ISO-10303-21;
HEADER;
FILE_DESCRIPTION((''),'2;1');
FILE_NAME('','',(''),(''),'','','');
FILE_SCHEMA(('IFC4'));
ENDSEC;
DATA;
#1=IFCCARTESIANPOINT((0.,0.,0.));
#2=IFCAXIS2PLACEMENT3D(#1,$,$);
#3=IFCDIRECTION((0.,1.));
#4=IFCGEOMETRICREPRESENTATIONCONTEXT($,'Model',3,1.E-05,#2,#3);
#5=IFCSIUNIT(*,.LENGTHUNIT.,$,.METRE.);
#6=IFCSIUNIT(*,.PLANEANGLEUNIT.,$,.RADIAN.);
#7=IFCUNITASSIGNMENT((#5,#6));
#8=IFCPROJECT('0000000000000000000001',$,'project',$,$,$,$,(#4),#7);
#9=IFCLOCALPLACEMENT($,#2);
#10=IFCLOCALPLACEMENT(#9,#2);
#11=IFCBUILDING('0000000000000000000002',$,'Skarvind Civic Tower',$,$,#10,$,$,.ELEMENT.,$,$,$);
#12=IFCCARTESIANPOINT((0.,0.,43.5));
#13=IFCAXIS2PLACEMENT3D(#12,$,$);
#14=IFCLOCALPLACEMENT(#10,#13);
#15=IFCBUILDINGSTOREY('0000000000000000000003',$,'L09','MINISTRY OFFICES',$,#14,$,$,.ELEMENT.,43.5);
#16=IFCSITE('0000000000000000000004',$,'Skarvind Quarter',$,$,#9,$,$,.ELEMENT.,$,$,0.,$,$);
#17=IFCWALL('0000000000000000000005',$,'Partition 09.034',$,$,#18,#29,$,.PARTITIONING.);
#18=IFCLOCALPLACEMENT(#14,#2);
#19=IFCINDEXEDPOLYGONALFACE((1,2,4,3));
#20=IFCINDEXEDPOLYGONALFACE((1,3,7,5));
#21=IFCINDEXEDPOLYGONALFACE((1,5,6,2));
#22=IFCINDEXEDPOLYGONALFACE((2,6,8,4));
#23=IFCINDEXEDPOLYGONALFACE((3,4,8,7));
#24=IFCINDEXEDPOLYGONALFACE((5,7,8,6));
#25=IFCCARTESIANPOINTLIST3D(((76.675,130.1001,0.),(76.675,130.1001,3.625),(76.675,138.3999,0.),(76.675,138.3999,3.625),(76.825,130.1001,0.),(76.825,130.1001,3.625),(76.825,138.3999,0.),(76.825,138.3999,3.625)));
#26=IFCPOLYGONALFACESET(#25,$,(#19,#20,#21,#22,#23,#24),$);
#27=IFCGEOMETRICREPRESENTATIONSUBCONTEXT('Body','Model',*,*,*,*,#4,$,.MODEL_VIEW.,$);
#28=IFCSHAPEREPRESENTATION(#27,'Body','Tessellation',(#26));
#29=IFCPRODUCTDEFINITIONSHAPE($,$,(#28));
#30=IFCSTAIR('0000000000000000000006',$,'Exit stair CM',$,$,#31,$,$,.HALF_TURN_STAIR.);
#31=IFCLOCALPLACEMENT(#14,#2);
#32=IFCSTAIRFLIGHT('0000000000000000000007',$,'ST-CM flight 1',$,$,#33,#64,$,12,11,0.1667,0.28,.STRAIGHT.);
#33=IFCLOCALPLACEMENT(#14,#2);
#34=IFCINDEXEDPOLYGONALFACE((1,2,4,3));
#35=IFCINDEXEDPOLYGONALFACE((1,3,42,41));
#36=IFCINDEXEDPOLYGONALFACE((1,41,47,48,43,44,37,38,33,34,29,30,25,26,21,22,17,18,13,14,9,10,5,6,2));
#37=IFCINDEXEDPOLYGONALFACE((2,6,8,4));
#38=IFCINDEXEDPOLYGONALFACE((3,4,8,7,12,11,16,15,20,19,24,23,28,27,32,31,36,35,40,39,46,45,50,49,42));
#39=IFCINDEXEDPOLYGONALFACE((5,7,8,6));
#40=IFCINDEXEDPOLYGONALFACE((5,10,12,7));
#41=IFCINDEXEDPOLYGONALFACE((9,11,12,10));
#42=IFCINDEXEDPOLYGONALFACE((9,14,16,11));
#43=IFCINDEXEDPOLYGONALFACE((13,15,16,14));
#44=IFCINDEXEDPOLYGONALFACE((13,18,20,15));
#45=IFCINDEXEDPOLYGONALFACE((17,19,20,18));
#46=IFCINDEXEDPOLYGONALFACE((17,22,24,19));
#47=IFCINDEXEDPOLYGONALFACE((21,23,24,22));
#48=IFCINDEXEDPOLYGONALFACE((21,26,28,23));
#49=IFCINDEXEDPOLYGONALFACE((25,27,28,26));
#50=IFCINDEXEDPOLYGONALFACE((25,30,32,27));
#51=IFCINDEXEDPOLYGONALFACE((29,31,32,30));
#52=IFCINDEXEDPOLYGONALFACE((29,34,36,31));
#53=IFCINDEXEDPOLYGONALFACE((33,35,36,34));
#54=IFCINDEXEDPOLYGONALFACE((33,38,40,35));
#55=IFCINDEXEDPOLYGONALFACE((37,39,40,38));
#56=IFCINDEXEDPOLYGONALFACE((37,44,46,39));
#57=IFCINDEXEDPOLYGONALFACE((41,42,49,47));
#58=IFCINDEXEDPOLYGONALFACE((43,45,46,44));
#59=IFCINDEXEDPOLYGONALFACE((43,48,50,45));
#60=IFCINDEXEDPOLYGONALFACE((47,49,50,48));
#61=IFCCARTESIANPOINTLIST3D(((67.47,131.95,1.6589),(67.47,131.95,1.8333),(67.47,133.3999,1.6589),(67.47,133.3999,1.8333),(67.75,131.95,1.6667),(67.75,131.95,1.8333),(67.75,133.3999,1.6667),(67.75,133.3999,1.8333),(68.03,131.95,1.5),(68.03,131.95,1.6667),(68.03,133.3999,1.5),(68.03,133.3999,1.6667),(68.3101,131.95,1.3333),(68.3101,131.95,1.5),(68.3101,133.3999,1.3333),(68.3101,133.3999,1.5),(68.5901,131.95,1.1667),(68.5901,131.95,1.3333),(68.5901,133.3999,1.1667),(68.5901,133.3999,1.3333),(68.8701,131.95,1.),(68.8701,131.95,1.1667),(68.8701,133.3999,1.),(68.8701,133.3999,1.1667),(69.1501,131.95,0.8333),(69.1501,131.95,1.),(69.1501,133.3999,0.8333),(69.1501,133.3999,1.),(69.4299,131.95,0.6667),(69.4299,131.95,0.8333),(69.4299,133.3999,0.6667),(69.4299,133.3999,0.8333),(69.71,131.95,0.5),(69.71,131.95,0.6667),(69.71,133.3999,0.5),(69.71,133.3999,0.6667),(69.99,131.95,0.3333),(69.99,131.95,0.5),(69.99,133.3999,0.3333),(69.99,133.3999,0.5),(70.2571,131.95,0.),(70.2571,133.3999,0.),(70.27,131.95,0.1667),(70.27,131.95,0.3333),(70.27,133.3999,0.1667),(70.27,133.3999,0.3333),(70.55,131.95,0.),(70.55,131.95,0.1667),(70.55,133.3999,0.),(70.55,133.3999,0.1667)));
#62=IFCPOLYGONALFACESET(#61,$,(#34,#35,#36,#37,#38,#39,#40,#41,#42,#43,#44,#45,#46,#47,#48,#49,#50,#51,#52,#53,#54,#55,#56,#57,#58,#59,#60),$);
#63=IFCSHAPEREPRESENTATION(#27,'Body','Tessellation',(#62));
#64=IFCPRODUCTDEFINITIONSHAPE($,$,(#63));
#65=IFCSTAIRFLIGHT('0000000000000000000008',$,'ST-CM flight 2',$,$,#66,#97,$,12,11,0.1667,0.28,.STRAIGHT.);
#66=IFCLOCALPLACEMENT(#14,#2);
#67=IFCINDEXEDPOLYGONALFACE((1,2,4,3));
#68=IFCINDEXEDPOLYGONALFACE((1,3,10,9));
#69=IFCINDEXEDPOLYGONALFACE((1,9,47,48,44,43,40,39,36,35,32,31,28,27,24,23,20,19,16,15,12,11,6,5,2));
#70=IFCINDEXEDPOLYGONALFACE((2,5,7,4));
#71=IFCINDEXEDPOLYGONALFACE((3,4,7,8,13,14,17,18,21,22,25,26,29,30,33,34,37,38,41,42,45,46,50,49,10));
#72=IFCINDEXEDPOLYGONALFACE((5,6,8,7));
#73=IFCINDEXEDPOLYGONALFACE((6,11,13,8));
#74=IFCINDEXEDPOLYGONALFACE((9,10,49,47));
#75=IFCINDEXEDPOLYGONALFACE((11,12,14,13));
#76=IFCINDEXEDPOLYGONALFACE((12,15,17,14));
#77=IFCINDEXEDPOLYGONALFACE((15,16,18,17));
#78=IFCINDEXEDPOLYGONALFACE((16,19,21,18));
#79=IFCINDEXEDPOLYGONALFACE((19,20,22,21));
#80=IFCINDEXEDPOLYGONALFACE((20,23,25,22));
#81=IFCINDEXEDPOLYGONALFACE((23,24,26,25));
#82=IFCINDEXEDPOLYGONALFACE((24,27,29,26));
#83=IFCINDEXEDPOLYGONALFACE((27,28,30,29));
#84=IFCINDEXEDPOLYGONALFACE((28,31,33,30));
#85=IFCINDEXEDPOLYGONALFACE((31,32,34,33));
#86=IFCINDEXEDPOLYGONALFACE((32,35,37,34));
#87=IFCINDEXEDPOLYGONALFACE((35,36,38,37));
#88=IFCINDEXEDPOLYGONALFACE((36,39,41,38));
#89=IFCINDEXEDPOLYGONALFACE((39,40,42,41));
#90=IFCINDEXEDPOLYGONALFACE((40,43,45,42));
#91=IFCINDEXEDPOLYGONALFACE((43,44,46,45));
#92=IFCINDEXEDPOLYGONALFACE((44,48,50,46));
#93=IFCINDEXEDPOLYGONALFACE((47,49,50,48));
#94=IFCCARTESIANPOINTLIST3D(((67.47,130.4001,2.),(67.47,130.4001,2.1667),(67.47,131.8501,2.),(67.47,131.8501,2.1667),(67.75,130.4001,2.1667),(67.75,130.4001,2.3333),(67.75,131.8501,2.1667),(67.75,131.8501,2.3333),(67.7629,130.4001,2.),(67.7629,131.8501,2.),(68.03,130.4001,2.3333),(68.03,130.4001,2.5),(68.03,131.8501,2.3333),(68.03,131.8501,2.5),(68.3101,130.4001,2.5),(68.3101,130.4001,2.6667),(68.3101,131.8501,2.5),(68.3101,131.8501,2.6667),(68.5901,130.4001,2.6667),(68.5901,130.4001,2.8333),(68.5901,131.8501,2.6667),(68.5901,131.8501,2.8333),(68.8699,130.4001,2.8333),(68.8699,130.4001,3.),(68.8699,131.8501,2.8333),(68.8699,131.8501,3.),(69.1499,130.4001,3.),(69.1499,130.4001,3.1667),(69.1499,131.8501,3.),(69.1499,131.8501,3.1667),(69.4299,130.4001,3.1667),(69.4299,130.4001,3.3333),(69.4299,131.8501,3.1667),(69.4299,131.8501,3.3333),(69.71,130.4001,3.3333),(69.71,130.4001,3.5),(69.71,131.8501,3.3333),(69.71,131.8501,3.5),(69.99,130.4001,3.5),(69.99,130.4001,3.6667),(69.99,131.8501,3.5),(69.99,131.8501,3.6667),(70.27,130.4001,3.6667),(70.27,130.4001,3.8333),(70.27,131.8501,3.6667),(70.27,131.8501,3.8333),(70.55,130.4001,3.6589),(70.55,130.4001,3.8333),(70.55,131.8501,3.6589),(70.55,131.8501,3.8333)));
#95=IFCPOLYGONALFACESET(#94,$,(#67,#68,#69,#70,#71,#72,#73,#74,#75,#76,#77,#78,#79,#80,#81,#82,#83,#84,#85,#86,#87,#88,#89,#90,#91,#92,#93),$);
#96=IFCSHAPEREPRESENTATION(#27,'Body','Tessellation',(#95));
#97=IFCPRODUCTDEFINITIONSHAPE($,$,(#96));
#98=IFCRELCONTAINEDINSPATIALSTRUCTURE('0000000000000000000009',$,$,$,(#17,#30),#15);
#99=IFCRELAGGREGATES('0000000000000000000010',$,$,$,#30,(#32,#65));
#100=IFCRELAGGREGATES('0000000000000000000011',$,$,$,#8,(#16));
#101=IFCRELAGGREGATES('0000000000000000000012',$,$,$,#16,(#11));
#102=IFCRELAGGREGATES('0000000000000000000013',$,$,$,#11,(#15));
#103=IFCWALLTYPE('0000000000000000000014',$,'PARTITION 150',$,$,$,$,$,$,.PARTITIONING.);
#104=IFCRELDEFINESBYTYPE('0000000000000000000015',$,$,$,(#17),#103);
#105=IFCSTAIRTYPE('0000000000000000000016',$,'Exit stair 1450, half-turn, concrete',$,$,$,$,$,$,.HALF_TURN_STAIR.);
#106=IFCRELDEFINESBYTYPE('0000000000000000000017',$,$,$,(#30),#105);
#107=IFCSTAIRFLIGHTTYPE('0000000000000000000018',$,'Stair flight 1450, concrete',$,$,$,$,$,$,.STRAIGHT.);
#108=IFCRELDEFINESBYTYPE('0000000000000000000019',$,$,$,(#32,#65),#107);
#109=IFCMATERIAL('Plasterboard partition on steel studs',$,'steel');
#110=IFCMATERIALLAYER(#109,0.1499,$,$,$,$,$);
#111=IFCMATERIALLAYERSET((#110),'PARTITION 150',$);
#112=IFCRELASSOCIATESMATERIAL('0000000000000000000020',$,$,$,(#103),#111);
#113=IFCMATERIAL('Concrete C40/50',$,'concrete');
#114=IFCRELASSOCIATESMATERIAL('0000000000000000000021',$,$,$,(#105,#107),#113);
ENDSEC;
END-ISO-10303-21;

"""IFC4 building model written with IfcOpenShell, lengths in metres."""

from ifc_helpers import new_model, si_unit, direction, frame, frame_2d, origin, place, context, subcontext, project, spatial, polyline, rectangle, outline, extrude, material, layer, layer_set, type_object, element, aggregate, save


model = new_model("IFC4")

# Units and contexts
model_context = context("Model", 3, precision=1e-05, world=origin(), true_north=direction((0.0, 1.0)))
body_context = subcontext(model_context, "Body", "Model", "MODEL_VIEW")
ifc_project = project(units=[si_unit("LENGTHUNIT", "METRE"), si_unit("PLANEANGLEUNIT", "RADIAN")], contexts=[model_context])

# Site, building, storey
site_placement = place(None, origin())
site = spatial("IfcSite", under=ifc_project, at=site_placement, Name="Skarvind Quarter", CompositionType="ELEMENT", RefElevation=0.0)
building_placement = place(site_placement, origin())
building = spatial("IfcBuilding", under=site, at=building_placement, Name="Skarvind Civic Tower", CompositionType="ELEMENT")
storey_placement = place(building_placement, frame((0.0, 0.0, 43.5)))
storey = spatial("IfcBuildingStorey", under=building, at=storey_placement, Name="L09", Description="MINISTRY OFFICES", CompositionType="ELEMENT", Elevation=43.5)

# Shared definitions
ifc_material_1 = material(Name="Plasterboard partition on steel studs", Category="steel")
ifc_layer_1 = layer(ifc_material_1, 0.1499)
ifc_layer_set_1 = layer_set([ifc_layer_1], Name="PARTITION 150")
wall_type_1 = type_object("IfcWallType", Name="PARTITION 150", PredefinedType="PARTITIONING", material=ifc_layer_set_1)

# Wall
wall_1_placement = place(storey_placement, frame((76.75, 130.1001, 0.0), z_axis=(0.0, 0.0, 1.0), x_axis=(0.0, 1.0, 0.0)))
element("IfcWall", 1, at=wall_1_placement, inside=storey, type_object=wall_type_1, Name="Partition 09.034", PredefinedType="PARTITIONING", context=body_context, shape_type="SweptSolid", body=[
    extrude(rectangle(XDim=8.2998, YDim=0.1499, at=frame_2d((4.1499, 0.0))), origin(), (0.0, 0.0, 1.0), 3.625),
])

# Stair, stair flights
ifc_material_2 = material(Name="Concrete C40/50", Category="concrete")
stair_type = type_object("IfcStairType", Name="Exit stair 1450, half-turn, concrete", PredefinedType="HALF_TURN_STAIR", material=ifc_material_2)
stair_placement = place(storey_placement, origin())
stair = element("IfcStair", 2, at=stair_placement, inside=storey, type_object=stair_type, Name="Exit stair CM", PredefinedType="HALF_TURN_STAIR")
stair_flight_type = type_object("IfcStairFlightType", Name="Stair flight 1450, concrete", PredefinedType="STRAIGHT", material=ifc_material_2)
stair_flight_1_placement = place(storey_placement, frame((70.55, 132.675, 0.0), z_axis=(0.0, 0.0, 1.0), x_axis=(-1.0, 0.0, 0.0)))
stair_flight_1 = element("IfcStairFlight", 3, at=stair_flight_1_placement, type_object=stair_flight_type, Name="ST-CM flight 1", NumberOfRisers=12, NumberOfTreads=11, PredefinedType="STRAIGHT", RiserHeight=0.1667, TreadLength=0.28, context=body_context, shape_type="SweptSolid", body=[
    extrude(outline(polyline([(0.0, 0.0), (0.0, 0.1667), (0.28, 0.1667), (0.28, 0.3333), (0.5601, 0.3333), (0.5601, 0.5), (0.8401, 0.5), (0.8401, 0.6667), (1.1201, 0.6667), (1.1201, 0.8333), (1.3999, 0.8333), (1.3999, 1.0), (1.6799, 1.0), (1.6799, 1.1667), (1.96, 1.1667), (1.96, 1.3333), (2.24, 1.3333), (2.24, 1.5), (2.52, 1.5), (2.52, 1.6667), (2.8, 1.6667), (2.8, 1.8333), (3.0801, 1.8333), (3.0801, 2.0), (3.0801, 1.6589), (0.293, 0.0), (0.0, 0.0)])), frame((0.0, 0.7251, 0.0), z_axis=(0.0, -1.0, 0.0), x_axis=(1.0, 0.0, 0.0)), (0.0, 0.0, 1.0), 1.45),
])
stair_flight_2_placement = place(storey_placement, frame((67.47, 131.125, 2.0), z_axis=(0.0, 0.0, 1.0), x_axis=(1.0, 0.0, 0.0)))
stair_flight_2 = element("IfcStairFlight", 4, at=stair_flight_2_placement, type_object=stair_flight_type, Name="ST-CM flight 2", NumberOfRisers=12, NumberOfTreads=11, PredefinedType="STRAIGHT", RiserHeight=0.1667, TreadLength=0.28, context=body_context, shape_type="SweptSolid", body=[
    extrude(outline(polyline([(0.0, 0.0), (0.0, 0.1667), (0.28, 0.1667), (0.28, 0.3333), (0.5601, 0.3333), (0.5601, 0.5), (0.8401, 0.5), (0.8401, 0.6667), (1.1201, 0.6667), (1.1201, 0.8333), (1.3999, 0.8333), (1.3999, 1.0), (1.6799, 1.0), (1.6799, 1.1667), (1.96, 1.1667), (1.96, 1.3333), (2.24, 1.3333), (2.24, 1.5), (2.52, 1.5), (2.52, 1.6667), (2.8, 1.6667), (2.8, 1.8333), (3.0801, 1.8333), (3.0801, 2.0), (3.0801, 1.6589), (0.293, 0.0), (0.0, 0.0)])), frame((0.0, 0.7251, 0.0), z_axis=(0.0, -1.0, 0.0), x_axis=(1.0, 0.0, 0.0)), (0.0, 0.0, 1.0), 1.45),
])
aggregate(stair, [stair_flight_1, stair_flight_2])

save(model, "model.ifc")
